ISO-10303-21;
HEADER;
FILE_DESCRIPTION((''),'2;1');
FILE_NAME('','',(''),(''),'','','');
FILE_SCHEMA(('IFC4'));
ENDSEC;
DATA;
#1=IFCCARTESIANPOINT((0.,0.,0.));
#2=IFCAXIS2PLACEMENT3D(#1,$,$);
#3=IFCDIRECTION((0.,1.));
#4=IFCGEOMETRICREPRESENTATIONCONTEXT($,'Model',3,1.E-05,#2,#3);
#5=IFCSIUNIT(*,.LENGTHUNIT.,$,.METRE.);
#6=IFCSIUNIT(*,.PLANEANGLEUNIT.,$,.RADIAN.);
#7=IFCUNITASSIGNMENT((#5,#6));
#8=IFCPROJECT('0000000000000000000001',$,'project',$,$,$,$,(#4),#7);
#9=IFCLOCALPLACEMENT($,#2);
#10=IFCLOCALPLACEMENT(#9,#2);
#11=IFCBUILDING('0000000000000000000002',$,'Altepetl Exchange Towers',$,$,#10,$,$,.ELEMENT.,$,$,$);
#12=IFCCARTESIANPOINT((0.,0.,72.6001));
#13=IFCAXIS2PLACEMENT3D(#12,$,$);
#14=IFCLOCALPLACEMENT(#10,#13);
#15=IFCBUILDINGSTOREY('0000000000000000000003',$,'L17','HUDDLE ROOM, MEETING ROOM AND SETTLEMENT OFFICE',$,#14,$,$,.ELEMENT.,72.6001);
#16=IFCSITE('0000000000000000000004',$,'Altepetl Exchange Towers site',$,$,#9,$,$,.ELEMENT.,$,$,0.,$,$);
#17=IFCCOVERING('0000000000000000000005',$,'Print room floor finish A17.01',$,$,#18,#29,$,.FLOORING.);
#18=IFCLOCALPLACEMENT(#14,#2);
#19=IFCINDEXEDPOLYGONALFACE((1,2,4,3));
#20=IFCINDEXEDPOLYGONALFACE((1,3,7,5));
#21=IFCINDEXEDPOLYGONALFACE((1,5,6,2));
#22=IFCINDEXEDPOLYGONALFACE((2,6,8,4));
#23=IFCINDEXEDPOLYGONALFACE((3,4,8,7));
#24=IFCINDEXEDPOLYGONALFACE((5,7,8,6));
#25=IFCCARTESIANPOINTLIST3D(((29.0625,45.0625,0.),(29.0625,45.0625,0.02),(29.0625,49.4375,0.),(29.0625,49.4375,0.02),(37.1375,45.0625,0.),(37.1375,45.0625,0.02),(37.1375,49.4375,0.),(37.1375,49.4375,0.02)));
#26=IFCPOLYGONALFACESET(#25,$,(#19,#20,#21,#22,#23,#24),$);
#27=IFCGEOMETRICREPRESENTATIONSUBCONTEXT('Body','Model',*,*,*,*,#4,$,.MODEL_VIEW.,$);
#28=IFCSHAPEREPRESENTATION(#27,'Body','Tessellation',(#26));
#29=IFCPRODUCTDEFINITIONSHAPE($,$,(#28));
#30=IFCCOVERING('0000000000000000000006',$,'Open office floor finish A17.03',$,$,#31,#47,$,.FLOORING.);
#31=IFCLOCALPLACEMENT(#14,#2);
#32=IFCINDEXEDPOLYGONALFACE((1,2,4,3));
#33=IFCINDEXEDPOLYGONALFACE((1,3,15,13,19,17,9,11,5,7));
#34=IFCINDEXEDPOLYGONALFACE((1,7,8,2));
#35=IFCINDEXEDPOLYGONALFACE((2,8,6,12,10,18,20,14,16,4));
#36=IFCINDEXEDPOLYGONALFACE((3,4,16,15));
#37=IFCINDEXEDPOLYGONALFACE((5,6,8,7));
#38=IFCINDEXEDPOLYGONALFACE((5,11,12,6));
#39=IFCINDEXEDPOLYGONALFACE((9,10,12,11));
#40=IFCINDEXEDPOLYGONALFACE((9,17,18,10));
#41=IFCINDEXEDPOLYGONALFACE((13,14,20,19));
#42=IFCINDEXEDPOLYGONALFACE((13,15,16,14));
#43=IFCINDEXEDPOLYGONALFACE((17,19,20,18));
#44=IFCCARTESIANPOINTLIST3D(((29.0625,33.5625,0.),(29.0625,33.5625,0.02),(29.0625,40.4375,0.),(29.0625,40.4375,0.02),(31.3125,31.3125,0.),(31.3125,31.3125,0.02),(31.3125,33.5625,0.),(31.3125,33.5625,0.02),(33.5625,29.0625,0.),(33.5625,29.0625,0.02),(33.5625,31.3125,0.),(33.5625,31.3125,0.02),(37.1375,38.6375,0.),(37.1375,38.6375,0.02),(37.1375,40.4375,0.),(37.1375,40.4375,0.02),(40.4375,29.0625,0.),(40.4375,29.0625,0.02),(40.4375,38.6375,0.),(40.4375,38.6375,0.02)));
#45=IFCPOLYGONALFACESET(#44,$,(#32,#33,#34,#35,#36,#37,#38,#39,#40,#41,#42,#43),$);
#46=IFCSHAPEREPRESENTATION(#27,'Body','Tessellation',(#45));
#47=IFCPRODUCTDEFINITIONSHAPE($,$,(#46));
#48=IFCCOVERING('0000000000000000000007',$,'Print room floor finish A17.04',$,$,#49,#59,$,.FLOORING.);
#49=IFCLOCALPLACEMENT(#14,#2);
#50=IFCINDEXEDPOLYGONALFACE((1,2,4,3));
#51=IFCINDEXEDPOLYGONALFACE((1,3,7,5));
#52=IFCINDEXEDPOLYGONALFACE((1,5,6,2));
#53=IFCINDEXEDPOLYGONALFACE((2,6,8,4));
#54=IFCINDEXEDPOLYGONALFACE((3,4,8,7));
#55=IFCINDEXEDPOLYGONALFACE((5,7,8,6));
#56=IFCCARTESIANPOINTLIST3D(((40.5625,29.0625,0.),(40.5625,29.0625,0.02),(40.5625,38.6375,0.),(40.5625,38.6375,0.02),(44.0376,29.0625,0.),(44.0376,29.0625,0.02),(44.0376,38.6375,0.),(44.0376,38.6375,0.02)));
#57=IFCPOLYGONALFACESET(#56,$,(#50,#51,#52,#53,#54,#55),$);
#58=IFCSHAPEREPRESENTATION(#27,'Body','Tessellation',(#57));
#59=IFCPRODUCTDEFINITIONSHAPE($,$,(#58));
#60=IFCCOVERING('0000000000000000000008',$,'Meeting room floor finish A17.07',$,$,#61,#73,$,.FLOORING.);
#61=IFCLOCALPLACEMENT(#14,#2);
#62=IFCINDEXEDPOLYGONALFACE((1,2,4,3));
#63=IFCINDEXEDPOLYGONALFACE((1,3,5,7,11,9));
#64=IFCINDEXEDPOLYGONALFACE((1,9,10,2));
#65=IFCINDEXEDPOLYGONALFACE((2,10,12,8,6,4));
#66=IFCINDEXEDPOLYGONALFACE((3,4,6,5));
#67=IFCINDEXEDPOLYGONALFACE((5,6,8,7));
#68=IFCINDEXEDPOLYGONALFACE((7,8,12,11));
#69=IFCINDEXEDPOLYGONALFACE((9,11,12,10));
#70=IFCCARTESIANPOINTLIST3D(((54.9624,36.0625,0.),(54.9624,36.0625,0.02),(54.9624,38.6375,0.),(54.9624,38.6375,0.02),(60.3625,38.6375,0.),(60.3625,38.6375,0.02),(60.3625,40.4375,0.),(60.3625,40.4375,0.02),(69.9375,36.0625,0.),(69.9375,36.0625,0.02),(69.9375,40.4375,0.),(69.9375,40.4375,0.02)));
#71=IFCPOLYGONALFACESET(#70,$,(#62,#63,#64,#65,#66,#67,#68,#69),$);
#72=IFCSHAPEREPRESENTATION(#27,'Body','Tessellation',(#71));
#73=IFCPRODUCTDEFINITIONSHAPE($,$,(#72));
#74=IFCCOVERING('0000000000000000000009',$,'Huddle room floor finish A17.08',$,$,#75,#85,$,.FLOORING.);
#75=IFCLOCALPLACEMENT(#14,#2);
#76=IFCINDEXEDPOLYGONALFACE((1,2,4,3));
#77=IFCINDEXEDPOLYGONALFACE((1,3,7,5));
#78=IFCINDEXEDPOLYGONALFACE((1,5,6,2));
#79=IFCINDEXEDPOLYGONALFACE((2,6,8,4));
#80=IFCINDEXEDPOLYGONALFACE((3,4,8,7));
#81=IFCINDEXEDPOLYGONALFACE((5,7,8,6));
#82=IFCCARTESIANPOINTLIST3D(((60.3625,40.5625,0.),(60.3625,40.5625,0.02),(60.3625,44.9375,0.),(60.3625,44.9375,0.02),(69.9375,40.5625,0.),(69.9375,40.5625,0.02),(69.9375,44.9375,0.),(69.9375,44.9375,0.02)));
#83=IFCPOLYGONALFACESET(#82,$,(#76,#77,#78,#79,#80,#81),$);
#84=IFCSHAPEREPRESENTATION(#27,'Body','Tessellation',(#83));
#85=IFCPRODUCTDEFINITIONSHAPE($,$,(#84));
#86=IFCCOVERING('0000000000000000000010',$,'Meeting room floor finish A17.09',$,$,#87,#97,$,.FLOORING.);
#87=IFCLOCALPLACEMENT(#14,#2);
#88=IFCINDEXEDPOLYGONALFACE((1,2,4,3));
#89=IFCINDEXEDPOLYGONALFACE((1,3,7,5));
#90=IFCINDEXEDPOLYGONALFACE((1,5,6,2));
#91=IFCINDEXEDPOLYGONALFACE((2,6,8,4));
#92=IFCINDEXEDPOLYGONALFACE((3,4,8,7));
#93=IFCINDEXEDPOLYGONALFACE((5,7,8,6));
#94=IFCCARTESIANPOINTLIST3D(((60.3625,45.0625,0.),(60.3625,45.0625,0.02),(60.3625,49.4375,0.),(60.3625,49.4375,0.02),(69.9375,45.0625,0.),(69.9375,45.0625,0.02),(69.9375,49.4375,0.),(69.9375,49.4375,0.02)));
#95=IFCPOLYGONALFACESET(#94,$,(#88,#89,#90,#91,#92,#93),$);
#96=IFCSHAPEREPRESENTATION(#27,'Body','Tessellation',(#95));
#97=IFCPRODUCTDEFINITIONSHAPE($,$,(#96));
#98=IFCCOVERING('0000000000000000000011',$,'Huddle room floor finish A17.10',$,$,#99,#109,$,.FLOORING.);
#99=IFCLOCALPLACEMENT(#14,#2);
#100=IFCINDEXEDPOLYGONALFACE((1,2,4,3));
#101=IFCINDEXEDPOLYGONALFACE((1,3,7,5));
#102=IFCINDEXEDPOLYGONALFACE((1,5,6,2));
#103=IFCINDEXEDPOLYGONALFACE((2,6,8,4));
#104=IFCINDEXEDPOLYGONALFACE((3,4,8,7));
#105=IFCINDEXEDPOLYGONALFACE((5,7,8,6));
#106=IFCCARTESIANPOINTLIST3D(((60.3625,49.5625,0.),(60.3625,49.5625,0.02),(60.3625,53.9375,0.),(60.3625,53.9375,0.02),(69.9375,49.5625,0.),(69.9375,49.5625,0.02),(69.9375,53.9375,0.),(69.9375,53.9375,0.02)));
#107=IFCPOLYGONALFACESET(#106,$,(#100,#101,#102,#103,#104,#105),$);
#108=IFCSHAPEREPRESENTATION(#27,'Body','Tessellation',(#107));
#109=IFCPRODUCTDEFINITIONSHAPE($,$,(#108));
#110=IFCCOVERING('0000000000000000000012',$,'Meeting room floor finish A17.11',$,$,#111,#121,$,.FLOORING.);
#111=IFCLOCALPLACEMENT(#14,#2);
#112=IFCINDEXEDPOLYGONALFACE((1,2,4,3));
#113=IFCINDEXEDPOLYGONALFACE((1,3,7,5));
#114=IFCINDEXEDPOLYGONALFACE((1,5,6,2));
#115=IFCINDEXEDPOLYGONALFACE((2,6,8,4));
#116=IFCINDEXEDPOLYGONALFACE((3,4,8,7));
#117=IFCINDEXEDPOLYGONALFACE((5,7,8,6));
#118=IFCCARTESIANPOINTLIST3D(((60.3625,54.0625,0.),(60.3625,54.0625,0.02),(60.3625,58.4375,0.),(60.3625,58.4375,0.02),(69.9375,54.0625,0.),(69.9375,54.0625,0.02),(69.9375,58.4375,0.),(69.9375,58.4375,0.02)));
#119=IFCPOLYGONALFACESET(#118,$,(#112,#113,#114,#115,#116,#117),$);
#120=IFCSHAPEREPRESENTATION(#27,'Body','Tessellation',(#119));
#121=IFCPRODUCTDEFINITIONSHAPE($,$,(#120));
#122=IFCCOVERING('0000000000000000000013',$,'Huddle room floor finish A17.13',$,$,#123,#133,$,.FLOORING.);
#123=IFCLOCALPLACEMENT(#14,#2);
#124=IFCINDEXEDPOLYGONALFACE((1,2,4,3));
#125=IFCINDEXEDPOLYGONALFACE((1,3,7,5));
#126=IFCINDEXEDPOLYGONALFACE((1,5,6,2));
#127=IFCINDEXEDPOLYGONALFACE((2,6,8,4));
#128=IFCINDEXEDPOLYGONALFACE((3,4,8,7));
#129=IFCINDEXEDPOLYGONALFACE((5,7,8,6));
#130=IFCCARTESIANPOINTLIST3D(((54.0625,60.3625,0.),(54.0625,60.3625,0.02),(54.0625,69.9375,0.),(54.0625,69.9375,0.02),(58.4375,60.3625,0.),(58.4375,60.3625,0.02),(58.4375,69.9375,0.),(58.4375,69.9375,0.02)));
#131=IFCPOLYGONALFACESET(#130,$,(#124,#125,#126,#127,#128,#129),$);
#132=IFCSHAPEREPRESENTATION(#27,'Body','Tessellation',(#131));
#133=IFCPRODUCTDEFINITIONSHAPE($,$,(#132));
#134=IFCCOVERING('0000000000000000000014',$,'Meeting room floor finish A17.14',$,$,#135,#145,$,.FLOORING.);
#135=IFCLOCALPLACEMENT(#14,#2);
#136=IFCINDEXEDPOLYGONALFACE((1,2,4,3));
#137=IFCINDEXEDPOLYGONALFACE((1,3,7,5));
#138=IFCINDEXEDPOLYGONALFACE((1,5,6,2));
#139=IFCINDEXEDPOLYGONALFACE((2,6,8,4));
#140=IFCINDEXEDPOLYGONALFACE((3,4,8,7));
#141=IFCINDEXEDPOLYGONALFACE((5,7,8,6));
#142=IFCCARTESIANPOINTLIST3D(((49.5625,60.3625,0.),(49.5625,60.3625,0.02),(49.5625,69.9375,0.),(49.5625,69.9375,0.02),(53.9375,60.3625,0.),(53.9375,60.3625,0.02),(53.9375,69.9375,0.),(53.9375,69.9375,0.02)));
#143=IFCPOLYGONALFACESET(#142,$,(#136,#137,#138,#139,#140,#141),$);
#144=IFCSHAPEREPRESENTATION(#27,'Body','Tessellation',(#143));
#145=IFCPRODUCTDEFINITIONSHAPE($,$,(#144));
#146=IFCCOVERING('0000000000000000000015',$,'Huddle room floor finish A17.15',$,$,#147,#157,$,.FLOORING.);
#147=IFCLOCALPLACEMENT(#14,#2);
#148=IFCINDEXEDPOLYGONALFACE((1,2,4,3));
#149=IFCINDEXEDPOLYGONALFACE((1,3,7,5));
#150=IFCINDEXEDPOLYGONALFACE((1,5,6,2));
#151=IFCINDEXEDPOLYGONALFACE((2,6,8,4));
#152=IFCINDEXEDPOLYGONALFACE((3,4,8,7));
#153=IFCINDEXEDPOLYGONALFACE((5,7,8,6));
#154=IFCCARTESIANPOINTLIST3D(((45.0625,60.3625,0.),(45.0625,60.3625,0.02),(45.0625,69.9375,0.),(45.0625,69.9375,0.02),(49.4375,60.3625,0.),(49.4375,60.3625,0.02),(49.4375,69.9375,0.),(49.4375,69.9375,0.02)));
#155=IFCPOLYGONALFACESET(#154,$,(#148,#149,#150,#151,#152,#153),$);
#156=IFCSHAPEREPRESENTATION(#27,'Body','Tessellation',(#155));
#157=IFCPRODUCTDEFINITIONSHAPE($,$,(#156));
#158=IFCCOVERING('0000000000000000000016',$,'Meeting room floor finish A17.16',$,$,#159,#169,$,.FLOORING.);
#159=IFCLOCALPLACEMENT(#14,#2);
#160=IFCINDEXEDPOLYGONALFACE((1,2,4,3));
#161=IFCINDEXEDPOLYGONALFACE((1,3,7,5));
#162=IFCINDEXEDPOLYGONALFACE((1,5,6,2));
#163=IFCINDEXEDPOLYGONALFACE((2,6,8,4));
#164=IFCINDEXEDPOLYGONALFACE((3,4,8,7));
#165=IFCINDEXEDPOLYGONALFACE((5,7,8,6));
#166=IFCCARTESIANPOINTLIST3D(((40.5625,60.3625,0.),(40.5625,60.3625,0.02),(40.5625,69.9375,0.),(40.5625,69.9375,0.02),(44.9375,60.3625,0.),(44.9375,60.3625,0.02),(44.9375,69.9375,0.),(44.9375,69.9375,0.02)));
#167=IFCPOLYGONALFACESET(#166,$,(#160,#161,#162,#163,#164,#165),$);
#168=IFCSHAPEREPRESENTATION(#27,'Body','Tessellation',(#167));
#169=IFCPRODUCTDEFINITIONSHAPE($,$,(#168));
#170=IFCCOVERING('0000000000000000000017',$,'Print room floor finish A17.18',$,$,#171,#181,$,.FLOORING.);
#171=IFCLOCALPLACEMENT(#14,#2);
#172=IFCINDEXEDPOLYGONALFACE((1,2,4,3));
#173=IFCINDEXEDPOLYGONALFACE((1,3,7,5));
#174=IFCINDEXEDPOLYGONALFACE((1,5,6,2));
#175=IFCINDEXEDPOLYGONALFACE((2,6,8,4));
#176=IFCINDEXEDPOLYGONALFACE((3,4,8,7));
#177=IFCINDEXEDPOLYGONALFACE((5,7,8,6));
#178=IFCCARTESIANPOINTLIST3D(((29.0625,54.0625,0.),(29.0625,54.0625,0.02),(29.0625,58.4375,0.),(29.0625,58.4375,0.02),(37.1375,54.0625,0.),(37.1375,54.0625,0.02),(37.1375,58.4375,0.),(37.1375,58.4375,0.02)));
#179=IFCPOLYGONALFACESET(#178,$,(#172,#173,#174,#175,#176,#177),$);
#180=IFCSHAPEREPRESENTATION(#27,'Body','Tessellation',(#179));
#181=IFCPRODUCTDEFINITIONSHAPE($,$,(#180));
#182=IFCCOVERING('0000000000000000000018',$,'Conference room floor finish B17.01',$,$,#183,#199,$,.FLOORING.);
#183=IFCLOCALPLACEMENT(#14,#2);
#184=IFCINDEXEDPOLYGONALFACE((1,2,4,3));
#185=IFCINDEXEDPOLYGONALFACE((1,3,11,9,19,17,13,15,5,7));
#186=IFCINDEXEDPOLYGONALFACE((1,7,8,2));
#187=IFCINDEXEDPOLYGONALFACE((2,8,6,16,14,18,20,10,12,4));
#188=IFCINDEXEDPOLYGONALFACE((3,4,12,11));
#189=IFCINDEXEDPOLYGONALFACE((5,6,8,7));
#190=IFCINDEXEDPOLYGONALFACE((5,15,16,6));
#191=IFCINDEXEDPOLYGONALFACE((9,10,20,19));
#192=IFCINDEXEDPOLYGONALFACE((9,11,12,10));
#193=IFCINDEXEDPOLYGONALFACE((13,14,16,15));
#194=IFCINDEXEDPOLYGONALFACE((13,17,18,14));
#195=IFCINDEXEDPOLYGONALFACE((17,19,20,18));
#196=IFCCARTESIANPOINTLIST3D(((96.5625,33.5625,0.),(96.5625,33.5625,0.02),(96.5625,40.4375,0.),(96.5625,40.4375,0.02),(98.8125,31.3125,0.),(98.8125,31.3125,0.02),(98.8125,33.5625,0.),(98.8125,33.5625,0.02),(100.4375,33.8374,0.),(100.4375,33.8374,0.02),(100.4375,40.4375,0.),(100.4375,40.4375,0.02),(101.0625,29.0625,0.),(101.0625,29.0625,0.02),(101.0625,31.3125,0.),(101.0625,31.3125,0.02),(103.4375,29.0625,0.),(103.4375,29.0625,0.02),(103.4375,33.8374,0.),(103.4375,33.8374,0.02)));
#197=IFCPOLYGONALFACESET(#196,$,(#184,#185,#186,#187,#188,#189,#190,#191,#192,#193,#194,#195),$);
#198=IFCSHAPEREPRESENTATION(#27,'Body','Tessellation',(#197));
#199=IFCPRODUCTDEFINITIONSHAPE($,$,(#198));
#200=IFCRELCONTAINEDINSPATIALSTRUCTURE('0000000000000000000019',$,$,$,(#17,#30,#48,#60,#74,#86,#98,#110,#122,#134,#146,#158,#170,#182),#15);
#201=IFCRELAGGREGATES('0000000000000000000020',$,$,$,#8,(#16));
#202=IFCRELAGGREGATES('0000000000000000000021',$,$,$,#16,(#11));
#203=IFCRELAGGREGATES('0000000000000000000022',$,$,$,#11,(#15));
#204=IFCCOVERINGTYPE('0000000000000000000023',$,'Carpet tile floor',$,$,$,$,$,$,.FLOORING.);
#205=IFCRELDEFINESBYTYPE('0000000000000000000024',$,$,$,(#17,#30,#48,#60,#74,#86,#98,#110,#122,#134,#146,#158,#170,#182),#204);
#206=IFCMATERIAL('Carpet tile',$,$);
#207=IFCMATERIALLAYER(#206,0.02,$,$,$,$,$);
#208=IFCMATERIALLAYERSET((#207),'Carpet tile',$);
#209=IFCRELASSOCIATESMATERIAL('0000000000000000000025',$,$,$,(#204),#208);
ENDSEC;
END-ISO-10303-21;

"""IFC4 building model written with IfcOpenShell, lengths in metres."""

from ifc_helpers import new_model, si_unit, direction, frame, origin, place, context, subcontext, project, spatial, polyline, outline, extrude, material, layer, layer_set, type_object, element, save


model = new_model("IFC4")

# Units and contexts
model_context = context("Model", 3, precision=1e-05, world=origin(), true_north=direction((0.0, 1.0)))
body_context = subcontext(model_context, "Body", "Model", "MODEL_VIEW")
ifc_project = project(units=[si_unit("LENGTHUNIT", "METRE"), si_unit("PLANEANGLEUNIT", "RADIAN")], contexts=[model_context])

# Site, building, storey
site_placement = place(None, origin())
site = spatial("IfcSite", under=ifc_project, at=site_placement, Name="Altepetl Exchange Towers site", CompositionType="ELEMENT", RefElevation=0.0)
building_placement = place(site_placement, origin())
building = spatial("IfcBuilding", under=site, at=building_placement, Name="Altepetl Exchange Towers", CompositionType="ELEMENT")
storey_placement = place(building_placement, frame((0.0, 0.0, 72.6001)))
storey = spatial("IfcBuildingStorey", under=building, at=storey_placement, Name="L17", Description="HUDDLE ROOM, MEETING ROOM AND SETTLEMENT OFFICE", CompositionType="ELEMENT", Elevation=72.6001)

# Coverings
ifc_material_1 = material(Name="Carpet tile")
ifc_layer_1 = layer(ifc_material_1, 0.02)
ifc_layer_set_1 = layer_set([ifc_layer_1], Name="Carpet tile")
covering_type_1 = type_object("IfcCoveringType", Name="Carpet tile floor", PredefinedType="FLOORING", material=ifc_layer_set_1)
covering_1_placement = place(storey_placement, origin())
element("IfcCovering", 1, at=covering_1_placement, inside=storey, type_object=covering_type_1, Name="Print room floor finish A17.01", PredefinedType="FLOORING", context=body_context, shape_type="SweptSolid", body=[
    extrude(outline(polyline([(37.1375, 49.4375), (29.0625, 49.4375), (29.0625, 45.0625), (37.1375, 45.0625), (37.1375, 49.4375)])), origin(), (0.0, 0.0, 1.0), 0.02),
])
covering_2_placement = place(storey_placement, origin())
element("IfcCovering", 2, at=covering_2_placement, inside=storey, type_object=covering_type_1, Name="Open office floor finish A17.03", PredefinedType="FLOORING", context=body_context, shape_type="SweptSolid", body=[
    extrude(outline(polyline([(37.1375, 40.4375), (29.0625, 40.4375), (29.0625, 33.5625), (31.3125, 33.5625), (31.3125, 31.3125), (33.5625, 31.3125), (33.5625, 29.0625), (40.4375, 29.0625), (40.4375, 38.6375), (37.1375, 38.6375), (37.1375, 40.4375)])), origin(), (0.0, 0.0, 1.0), 0.02),
])
covering_3_placement = place(storey_placement, origin())
element("IfcCovering", 3, at=covering_3_placement, inside=storey, type_object=covering_type_1, Name="Print room floor finish A17.04", PredefinedType="FLOORING", context=body_context, shape_type="SweptSolid", body=[
    extrude(outline(polyline([(40.5625, 38.6375), (40.5625, 29.0625), (44.0376, 29.0625), (44.0376, 38.6375), (40.5625, 38.6375)])), origin(), (0.0, 0.0, 1.0), 0.02),
])
covering_4_placement = place(storey_placement, origin())
element("IfcCovering", 4, at=covering_4_placement, inside=storey, type_object=covering_type_1, Name="Meeting room floor finish A17.07", PredefinedType="FLOORING", context=body_context, shape_type="SweptSolid", body=[
    extrude(outline(polyline([(69.9375, 40.4375), (60.3625, 40.4375), (60.3625, 38.6375), (54.9624, 38.6375), (54.9624, 36.0625), (69.9375, 36.0625), (69.9375, 40.4375)])), origin(), (0.0, 0.0, 1.0), 0.02),
])
covering_5_placement = place(storey_placement, origin())
element("IfcCovering", 5, at=covering_5_placement, inside=storey, type_object=covering_type_1, Name="Huddle room floor finish A17.08", PredefinedType="FLOORING", context=body_context, shape_type="SweptSolid", body=[
    extrude(outline(polyline([(69.9375, 44.9375), (60.3625, 44.9375), (60.3625, 40.5625), (69.9375, 40.5625), (69.9375, 44.9375)])), origin(), (0.0, 0.0, 1.0), 0.02),
])
covering_6_placement = place(storey_placement, origin())
element("IfcCovering", 6, at=covering_6_placement, inside=storey, type_object=covering_type_1, Name="Meeting room floor finish A17.09", PredefinedType="FLOORING", context=body_context, shape_type="SweptSolid", body=[
    extrude(outline(polyline([(69.9375, 49.4375), (60.3625, 49.4375), (60.3625, 45.0625), (69.9375, 45.0625), (69.9375, 49.4375)])), origin(), (0.0, 0.0, 1.0), 0.02),
])
covering_7_placement = place(storey_placement, origin())
element("IfcCovering", 7, at=covering_7_placement, inside=storey, type_object=covering_type_1, Name="Huddle room floor finish A17.10", PredefinedType="FLOORING", context=body_context, shape_type="SweptSolid", body=[
    extrude(outline(polyline([(69.9375, 53.9375), (60.3625, 53.9375), (60.3625, 49.5625), (69.9375, 49.5625), (69.9375, 53.9375)])), origin(), (0.0, 0.0, 1.0), 0.02),
])
covering_8_placement = place(storey_placement, origin())
element("IfcCovering", 8, at=covering_8_placement, inside=storey, type_object=covering_type_1, Name="Meeting room floor finish A17.11", PredefinedType="FLOORING", context=body_context, shape_type="SweptSolid", body=[
    extrude(outline(polyline([(69.9375, 58.4375), (60.3625, 58.4375), (60.3625, 54.0625), (69.9375, 54.0625), (69.9375, 58.4375)])), origin(), (0.0, 0.0, 1.0), 0.02),
])
covering_9_placement = place(storey_placement, origin())
element("IfcCovering", 9, at=covering_9_placement, inside=storey, type_object=covering_type_1, Name="Huddle room floor finish A17.13", PredefinedType="FLOORING", context=body_context, shape_type="SweptSolid", body=[
    extrude(outline(polyline([(54.0625, 69.9375), (54.0625, 60.3625), (58.4375, 60.3625), (58.4375, 69.9375), (54.0625, 69.9375)])), origin(), (0.0, 0.0, 1.0), 0.02),
])
covering_10_placement = place(storey_placement, origin())
element("IfcCovering", 10, at=covering_10_placement, inside=storey, type_object=covering_type_1, Name="Meeting room floor finish A17.14", PredefinedType="FLOORING", context=body_context, shape_type="SweptSolid", body=[
    extrude(outline(polyline([(49.5625, 69.9375), (49.5625, 60.3625), (53.9375, 60.3625), (53.9375, 69.9375), (49.5625, 69.9375)])), origin(), (0.0, 0.0, 1.0), 0.02),
])
covering_11_placement = place(storey_placement, origin())
element("IfcCovering", 11, at=covering_11_placement, inside=storey, type_object=covering_type_1, Name="Huddle room floor finish A17.15", PredefinedType="FLOORING", context=body_context, shape_type="SweptSolid", body=[
    extrude(outline(polyline([(45.0625, 69.9375), (45.0625, 60.3625), (49.4375, 60.3625), (49.4375, 69.9375), (45.0625, 69.9375)])), origin(), (0.0, 0.0, 1.0), 0.02),
])
covering_12_placement = place(storey_placement, origin())
element("IfcCovering", 12, at=covering_12_placement, inside=storey, type_object=covering_type_1, Name="Meeting room floor finish A17.16", PredefinedType="FLOORING", context=body_context, shape_type="SweptSolid", body=[
    extrude(outline(polyline([(40.5625, 69.9375), (40.5625, 60.3625), (44.9375, 60.3625), (44.9375, 69.9375), (40.5625, 69.9375)])), origin(), (0.0, 0.0, 1.0), 0.02),
])
covering_13_placement = place(storey_placement, origin())
element("IfcCovering", 13, at=covering_13_placement, inside=storey, type_object=covering_type_1, Name="Print room floor finish A17.18", PredefinedType="FLOORING", context=body_context, shape_type="SweptSolid", body=[
    extrude(outline(polyline([(37.1375, 58.4375), (29.0625, 58.4375), (29.0625, 54.0625), (37.1375, 54.0625), (37.1375, 58.4375)])), origin(), (0.0, 0.0, 1.0), 0.02),
])
covering_14_placement = place(storey_placement, origin())
element("IfcCovering", 14, at=covering_14_placement, inside=storey, type_object=covering_type_1, Name="Conference room floor finish B17.01", PredefinedType="FLOORING", context=body_context, shape_type="SweptSolid", body=[
    extrude(outline(polyline([(103.4375, 29.0625), (103.4375, 33.8374), (100.4375, 33.8374), (100.4375, 40.4375), (96.5625, 40.4375), (96.5625, 33.5625), (98.8125, 33.5625), (98.8125, 31.3125), (101.0625, 31.3125), (101.0625, 29.0625), (103.4375, 29.0625)])), origin(), (0.0, 0.0, 1.0), 0.02),
])

save(model, "model.ifc")
